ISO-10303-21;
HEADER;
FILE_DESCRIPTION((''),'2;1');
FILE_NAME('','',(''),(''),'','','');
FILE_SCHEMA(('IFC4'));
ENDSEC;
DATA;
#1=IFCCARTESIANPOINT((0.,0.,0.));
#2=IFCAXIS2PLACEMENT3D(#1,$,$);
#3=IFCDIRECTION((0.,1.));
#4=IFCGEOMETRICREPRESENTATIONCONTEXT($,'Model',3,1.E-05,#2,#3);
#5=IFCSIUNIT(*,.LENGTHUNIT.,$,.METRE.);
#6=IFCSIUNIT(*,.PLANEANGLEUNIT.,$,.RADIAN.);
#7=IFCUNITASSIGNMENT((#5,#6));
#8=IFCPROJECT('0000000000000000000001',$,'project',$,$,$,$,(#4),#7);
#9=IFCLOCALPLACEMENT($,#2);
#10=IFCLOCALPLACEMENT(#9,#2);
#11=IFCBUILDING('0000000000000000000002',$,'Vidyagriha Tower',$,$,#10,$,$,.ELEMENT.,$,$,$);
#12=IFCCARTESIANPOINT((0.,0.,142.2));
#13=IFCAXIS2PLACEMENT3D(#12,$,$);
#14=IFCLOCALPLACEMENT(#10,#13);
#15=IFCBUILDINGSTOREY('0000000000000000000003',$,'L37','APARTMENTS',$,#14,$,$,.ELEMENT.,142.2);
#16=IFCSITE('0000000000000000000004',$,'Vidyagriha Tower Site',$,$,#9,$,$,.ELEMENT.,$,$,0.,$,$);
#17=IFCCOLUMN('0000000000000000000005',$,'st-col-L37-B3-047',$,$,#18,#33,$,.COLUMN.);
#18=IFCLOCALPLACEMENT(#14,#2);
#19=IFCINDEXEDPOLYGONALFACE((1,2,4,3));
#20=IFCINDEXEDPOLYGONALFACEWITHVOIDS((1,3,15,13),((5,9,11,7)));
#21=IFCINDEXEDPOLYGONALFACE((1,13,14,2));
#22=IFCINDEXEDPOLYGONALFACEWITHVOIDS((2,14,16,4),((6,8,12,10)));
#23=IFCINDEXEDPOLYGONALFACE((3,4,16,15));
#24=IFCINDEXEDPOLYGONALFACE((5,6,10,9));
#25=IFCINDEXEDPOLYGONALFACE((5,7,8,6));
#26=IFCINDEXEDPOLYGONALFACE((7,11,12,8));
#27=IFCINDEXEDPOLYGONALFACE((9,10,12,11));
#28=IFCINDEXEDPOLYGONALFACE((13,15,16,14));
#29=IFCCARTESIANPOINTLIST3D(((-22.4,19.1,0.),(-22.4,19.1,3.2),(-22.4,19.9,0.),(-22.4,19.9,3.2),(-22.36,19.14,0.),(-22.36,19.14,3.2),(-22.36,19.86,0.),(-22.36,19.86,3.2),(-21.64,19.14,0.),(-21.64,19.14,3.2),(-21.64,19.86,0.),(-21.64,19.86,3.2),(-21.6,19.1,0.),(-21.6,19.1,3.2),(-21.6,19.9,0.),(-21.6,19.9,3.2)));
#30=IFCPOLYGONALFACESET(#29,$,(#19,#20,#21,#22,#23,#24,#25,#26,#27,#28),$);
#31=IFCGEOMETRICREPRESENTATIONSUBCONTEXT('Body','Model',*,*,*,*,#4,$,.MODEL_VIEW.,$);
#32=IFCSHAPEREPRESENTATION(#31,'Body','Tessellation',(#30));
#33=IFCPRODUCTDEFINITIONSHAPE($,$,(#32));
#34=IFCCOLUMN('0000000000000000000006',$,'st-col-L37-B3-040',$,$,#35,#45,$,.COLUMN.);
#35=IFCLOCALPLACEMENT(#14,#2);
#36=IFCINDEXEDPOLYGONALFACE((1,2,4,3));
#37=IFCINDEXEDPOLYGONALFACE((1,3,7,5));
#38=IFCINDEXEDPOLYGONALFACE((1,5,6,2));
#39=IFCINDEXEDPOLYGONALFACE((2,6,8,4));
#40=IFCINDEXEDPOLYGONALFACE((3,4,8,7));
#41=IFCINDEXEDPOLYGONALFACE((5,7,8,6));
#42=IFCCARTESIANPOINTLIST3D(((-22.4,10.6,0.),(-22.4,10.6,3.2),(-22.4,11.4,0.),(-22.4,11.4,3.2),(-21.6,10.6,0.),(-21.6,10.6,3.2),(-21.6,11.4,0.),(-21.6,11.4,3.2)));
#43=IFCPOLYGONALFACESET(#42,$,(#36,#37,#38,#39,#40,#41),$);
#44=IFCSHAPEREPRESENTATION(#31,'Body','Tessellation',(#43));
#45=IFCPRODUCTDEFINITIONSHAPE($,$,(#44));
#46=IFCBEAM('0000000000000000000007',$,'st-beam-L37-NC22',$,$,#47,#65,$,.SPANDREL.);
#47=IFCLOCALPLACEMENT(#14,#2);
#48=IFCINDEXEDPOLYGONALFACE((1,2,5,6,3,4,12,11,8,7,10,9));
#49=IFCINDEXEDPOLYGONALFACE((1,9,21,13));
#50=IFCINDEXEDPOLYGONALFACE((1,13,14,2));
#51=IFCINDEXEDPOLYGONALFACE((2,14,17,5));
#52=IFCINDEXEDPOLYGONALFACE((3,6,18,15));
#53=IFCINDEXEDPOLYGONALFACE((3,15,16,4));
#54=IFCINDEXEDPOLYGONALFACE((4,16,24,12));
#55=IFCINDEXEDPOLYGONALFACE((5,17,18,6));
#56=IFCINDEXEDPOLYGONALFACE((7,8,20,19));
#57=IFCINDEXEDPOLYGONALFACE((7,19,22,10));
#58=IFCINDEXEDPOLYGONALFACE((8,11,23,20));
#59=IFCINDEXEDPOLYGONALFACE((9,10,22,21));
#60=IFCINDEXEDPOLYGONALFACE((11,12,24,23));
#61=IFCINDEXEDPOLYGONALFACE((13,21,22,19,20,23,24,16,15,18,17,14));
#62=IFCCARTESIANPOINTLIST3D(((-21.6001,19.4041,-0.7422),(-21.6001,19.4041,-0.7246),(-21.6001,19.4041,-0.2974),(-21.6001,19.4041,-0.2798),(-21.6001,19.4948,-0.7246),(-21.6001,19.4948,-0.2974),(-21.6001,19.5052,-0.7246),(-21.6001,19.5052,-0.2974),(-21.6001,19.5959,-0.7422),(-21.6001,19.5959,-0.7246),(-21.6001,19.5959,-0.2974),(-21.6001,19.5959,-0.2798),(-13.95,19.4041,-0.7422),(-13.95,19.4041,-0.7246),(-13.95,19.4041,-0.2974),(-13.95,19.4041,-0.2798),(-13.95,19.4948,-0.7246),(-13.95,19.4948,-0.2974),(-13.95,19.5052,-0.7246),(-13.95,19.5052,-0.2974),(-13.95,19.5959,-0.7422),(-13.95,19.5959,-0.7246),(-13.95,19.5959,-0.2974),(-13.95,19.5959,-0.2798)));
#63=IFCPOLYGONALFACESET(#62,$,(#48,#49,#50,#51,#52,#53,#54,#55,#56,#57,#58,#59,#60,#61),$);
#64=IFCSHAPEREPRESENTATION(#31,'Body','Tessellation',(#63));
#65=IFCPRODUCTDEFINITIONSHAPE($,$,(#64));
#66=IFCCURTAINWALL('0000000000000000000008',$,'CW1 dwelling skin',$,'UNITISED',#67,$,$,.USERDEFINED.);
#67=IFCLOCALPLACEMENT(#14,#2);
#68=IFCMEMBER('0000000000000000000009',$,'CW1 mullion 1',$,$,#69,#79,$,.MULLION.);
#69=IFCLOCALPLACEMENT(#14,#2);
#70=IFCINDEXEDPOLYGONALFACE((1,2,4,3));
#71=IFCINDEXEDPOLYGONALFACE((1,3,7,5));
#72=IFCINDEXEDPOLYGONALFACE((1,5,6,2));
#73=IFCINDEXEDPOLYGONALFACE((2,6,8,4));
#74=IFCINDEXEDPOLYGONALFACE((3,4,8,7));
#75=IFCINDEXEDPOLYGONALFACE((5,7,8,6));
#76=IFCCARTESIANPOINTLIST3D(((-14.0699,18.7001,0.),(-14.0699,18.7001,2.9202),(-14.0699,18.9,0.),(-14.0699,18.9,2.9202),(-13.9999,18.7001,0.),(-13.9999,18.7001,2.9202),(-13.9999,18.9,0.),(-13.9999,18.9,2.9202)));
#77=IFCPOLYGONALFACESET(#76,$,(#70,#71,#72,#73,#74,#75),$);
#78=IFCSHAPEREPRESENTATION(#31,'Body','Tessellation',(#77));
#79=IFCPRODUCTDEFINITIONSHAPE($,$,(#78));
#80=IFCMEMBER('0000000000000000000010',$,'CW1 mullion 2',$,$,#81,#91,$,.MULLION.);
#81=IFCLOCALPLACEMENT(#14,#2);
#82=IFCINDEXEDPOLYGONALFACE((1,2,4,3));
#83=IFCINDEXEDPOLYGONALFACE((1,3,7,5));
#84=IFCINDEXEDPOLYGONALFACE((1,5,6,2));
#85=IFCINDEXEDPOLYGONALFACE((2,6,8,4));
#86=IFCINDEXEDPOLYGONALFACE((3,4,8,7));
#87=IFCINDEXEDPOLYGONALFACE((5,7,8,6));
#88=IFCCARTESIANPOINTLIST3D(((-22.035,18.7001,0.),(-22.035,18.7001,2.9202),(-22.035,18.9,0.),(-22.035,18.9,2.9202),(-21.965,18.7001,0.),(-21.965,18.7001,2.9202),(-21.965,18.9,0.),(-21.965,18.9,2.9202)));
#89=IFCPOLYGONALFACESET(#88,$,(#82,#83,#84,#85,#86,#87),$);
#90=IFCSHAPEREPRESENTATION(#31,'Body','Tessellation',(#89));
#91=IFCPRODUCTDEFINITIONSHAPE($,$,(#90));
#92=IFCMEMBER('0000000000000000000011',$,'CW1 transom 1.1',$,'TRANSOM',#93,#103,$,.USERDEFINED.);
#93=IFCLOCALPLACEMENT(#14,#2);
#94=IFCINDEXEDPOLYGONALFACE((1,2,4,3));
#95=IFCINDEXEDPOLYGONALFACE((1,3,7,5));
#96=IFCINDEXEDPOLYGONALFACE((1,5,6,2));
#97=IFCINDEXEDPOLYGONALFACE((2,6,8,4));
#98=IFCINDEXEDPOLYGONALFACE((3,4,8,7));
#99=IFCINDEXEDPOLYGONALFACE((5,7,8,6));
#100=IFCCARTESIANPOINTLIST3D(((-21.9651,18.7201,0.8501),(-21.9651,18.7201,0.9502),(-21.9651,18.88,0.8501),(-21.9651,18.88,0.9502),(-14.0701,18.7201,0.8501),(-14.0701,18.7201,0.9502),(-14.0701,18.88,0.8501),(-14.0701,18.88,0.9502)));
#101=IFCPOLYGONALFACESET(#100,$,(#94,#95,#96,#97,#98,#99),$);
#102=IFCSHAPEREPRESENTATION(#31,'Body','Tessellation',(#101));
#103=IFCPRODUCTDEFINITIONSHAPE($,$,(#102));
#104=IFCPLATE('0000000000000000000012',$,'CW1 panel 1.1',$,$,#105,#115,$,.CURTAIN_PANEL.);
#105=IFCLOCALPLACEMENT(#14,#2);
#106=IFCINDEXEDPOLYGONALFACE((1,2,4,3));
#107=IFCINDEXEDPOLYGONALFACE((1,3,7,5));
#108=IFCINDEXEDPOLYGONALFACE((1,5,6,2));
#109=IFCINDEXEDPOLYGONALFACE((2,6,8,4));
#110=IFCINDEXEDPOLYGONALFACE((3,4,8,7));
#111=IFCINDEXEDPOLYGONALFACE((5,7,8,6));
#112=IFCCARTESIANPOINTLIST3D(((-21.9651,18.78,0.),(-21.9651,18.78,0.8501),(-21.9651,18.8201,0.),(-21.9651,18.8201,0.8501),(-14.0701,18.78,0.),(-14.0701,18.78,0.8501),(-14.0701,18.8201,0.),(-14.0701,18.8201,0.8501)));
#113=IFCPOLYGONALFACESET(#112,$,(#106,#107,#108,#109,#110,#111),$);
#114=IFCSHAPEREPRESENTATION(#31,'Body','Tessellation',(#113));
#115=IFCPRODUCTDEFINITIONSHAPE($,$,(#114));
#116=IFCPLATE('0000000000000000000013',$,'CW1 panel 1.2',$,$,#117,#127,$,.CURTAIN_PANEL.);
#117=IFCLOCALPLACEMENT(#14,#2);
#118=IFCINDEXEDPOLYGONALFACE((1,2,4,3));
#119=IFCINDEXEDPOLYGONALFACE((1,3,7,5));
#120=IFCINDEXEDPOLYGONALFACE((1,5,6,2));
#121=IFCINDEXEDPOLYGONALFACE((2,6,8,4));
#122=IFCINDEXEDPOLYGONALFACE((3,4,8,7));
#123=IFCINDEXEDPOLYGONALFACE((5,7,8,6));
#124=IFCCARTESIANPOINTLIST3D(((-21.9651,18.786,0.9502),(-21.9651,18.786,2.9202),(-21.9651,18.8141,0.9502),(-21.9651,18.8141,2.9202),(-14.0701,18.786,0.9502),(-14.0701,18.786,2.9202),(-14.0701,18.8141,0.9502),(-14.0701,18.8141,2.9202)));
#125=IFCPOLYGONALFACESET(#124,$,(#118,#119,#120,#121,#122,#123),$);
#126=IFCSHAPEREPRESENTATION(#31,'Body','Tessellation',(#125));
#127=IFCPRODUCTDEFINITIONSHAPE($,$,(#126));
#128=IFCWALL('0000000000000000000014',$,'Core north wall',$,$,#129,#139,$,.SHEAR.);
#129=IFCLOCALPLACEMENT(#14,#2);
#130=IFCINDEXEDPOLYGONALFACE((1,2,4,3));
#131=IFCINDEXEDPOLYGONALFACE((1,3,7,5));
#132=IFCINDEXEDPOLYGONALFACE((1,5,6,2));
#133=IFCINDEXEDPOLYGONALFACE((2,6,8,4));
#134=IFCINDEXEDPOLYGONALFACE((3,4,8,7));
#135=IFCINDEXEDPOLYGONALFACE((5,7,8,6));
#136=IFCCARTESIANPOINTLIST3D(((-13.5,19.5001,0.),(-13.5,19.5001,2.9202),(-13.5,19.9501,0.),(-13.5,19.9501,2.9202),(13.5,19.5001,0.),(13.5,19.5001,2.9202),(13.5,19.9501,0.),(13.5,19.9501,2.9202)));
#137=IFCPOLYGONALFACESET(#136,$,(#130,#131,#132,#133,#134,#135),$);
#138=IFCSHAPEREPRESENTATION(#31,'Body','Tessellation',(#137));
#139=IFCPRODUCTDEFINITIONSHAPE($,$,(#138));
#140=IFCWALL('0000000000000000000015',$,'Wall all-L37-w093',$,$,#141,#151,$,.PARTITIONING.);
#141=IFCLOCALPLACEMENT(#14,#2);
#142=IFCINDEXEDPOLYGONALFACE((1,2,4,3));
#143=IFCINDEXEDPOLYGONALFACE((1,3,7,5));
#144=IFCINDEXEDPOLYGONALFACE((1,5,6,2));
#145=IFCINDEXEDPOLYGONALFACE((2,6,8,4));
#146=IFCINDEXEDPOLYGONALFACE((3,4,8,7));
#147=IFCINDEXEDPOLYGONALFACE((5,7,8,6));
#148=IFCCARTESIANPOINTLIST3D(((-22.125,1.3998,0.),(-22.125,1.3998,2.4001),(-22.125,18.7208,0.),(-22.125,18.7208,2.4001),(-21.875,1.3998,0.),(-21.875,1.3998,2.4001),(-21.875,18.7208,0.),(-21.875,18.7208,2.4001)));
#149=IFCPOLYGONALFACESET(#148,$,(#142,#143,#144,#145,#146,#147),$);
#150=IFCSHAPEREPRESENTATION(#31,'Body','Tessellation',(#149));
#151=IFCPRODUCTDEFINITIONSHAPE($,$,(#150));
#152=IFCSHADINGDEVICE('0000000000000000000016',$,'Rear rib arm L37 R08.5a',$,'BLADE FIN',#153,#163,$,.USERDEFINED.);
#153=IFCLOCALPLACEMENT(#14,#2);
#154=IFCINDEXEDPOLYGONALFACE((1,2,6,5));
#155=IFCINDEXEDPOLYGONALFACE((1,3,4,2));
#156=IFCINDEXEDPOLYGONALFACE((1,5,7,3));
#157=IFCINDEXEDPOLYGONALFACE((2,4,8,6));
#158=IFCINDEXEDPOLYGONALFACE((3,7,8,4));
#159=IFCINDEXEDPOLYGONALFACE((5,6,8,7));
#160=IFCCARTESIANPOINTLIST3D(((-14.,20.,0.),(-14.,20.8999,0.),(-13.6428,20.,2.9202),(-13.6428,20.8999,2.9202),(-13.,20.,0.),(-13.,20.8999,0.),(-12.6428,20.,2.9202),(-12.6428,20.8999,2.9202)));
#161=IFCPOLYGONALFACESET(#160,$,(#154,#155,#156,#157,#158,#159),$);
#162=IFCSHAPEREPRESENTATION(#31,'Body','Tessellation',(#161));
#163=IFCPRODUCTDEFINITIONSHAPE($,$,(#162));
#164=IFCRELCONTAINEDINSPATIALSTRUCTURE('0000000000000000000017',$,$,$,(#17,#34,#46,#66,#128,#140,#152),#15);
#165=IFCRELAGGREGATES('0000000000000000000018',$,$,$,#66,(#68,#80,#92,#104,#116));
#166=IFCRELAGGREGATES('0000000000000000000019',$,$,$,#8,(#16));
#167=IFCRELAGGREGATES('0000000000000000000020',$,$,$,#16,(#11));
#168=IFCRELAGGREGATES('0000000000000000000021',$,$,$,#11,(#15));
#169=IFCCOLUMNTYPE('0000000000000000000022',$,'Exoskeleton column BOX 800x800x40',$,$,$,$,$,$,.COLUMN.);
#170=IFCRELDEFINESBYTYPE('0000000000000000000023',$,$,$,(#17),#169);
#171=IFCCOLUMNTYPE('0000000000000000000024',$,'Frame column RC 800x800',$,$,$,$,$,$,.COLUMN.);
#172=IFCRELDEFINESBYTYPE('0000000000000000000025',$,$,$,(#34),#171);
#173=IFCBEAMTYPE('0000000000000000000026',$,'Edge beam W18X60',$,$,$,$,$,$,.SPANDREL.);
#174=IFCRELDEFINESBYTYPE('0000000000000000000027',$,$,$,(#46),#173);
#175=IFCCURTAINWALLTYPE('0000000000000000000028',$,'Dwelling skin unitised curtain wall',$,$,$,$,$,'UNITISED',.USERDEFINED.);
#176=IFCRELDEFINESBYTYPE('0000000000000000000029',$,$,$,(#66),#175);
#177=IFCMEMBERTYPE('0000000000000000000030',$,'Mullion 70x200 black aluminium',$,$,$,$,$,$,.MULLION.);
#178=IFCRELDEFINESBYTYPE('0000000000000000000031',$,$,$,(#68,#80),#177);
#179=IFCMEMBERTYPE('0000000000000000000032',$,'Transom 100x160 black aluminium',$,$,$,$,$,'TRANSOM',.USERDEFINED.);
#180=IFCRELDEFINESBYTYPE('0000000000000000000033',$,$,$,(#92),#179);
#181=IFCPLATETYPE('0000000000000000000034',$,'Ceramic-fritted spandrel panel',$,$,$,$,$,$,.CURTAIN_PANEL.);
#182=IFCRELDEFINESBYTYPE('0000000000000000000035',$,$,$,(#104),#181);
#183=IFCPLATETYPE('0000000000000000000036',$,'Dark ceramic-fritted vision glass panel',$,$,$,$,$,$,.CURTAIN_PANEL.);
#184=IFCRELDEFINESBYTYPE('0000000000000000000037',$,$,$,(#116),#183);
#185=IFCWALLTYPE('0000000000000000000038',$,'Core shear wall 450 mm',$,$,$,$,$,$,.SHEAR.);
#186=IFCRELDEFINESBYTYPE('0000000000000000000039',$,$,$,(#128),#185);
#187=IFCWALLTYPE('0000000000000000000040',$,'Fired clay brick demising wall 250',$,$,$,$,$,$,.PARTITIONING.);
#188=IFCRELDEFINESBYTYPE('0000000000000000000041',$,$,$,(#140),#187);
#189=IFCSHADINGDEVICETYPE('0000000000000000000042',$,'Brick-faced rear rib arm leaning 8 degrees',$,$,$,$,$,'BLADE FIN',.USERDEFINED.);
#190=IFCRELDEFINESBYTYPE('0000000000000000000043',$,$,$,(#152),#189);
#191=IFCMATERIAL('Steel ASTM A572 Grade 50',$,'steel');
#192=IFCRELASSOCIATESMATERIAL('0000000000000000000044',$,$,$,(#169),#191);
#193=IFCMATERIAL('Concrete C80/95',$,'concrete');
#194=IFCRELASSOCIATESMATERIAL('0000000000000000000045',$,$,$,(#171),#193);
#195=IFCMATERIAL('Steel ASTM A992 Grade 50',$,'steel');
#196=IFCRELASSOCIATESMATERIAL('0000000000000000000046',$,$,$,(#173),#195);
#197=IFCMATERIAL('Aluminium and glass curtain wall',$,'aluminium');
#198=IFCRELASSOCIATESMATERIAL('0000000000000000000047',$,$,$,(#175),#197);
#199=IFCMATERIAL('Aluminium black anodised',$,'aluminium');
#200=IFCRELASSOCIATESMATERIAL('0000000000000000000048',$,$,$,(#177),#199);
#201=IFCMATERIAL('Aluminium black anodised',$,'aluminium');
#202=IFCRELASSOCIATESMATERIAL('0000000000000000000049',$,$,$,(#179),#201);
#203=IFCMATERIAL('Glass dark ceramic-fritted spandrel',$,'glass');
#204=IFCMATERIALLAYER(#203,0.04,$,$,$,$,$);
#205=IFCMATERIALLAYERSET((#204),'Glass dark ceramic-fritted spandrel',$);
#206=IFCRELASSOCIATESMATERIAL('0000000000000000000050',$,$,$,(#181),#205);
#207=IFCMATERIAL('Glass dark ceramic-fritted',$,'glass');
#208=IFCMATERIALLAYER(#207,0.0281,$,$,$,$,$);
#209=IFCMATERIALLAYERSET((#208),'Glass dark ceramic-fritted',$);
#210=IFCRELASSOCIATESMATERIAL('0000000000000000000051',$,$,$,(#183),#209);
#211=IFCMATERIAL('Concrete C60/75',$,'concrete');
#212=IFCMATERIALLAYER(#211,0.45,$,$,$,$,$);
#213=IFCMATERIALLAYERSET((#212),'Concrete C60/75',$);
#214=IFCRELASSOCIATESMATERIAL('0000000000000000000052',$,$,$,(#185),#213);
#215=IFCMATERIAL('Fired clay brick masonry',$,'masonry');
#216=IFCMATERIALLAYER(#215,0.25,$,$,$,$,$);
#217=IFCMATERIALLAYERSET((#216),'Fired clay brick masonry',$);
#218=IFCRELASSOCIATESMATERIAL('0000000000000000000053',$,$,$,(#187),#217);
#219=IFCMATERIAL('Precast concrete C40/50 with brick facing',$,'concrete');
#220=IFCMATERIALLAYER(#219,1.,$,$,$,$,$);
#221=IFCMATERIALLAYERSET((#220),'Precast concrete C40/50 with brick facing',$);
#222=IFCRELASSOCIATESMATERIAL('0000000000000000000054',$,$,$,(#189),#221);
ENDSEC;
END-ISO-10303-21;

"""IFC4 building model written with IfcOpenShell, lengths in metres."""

from ifc_helpers import new_model, si_unit, direction, frame, frame_2d, origin, origin_2d, place, context, subcontext, project, spatial, polyline, rectangle, hollow_rectangle, i_section, outline, extrude, material, layer, layer_set, material_profile, profile_set, type_object, element, aggregate, save


model = new_model("IFC4")

# Units and contexts
model_context = context("Model", 3, precision=1e-05, world=origin(), true_north=direction((0.0, 1.0)))
body_context = subcontext(model_context, "Body", "Model", "MODEL_VIEW")
ifc_project = project(units=[si_unit("LENGTHUNIT", "METRE"), si_unit("PLANEANGLEUNIT", "RADIAN")], contexts=[model_context])

# Site, building, storey
site_placement = place(None, origin())
site = spatial("IfcSite", under=ifc_project, at=site_placement, Name="Vidyagriha Tower Site", CompositionType="ELEMENT", RefElevation=0.0)
building_placement = place(site_placement, origin())
building = spatial("IfcBuilding", under=site, at=building_placement, Name="Vidyagriha Tower", CompositionType="ELEMENT")
storey_placement = place(building_placement, frame((0.0, 0.0, 142.2)))
storey = spatial("IfcBuildingStorey", under=building, at=storey_placement, Name="L37", Description="APARTMENTS", CompositionType="ELEMENT", Elevation=142.2)

# Columns
ifc_material_1 = material(Name="Steel ASTM A572 Grade 50", Category="steel")
ifc_material_profile_1 = material_profile(ifc_material_1, hollow_rectangle(XDim=0.8, YDim=0.8, WallThickness=0.04, at=origin_2d()), Name="BOX 800x800x40")
ifc_profile_set_1 = profile_set([ifc_material_profile_1], Name="Steel ASTM A572 Grade 50")
column_type_1 = type_object("IfcColumnType", Name="Exoskeleton column BOX 800x800x40", PredefinedType="COLUMN", material=ifc_profile_set_1)
column_1_placement = place(storey_placement, frame((-22.0, 19.5, 0.0)))
element("IfcColumn", 1, at=column_1_placement, inside=storey, type_object=column_type_1, Name="st-col-L37-B3-047", PredefinedType="COLUMN", context=body_context, shape_type="SweptSolid", body=[
    extrude(hollow_rectangle(XDim=0.8, YDim=0.8, WallThickness=0.04, at=origin_2d()), origin(), (0.0, 0.0, 1.0), 3.2),
])
ifc_material_2 = material(Name="Concrete C80/95", Category="concrete")
ifc_material_profile_2 = material_profile(ifc_material_2, rectangle(XDim=0.8, YDim=0.8, at=origin_2d()), Name="RC 800x800")
ifc_profile_set_2 = profile_set([ifc_material_profile_2], Name="Concrete C80/95")
column_type_2 = type_object("IfcColumnType", Name="Frame column RC 800x800", PredefinedType="COLUMN", material=ifc_profile_set_2)
column_2_placement = place(storey_placement, frame((-22.0, 11.0, 0.0)))
element("IfcColumn", 2, at=column_2_placement, inside=storey, type_object=column_type_2, Name="st-col-L37-B3-040", PredefinedType="COLUMN", context=body_context, shape_type="SweptSolid", body=[
    extrude(rectangle(XDim=0.8, YDim=0.8, at=origin_2d()), origin(), (0.0, 0.0, 1.0), 3.2),
])

# Beam
ifc_material_3 = material(Name="Steel ASTM A992 Grade 50", Category="steel")
ifc_material_profile_3 = material_profile(ifc_material_3, i_section(OverallWidth=0.1919, OverallDepth=0.4624, WebThickness=0.0105, FlangeThickness=0.0176, at=origin_2d()), Name="W18X60")
ifc_profile_set_3 = profile_set([ifc_material_profile_3], Name="Steel ASTM A992 Grade 50")
beam_type = type_object("IfcBeamType", Name="Edge beam W18X60", PredefinedType="SPANDREL", material=ifc_profile_set_3)
beam_placement = place(storey_placement, frame((-21.6001, 19.5, -0.511), z_axis=(1.0, 0.0, 0.0), x_axis=(0.0, 1.0, 0.0)))
element("IfcBeam", 3, at=beam_placement, inside=storey, type_object=beam_type, Name="st-beam-L37-NC22", PredefinedType="SPANDREL", context=body_context, shape_type="SweptSolid", body=[
    extrude(i_section(OverallWidth=0.1919, OverallDepth=0.4624, WebThickness=0.0105, FlangeThickness=0.0176, at=origin_2d()), origin(), (0.0, 0.0, 1.0), 7.6501),
])

# Curtain wall, members, plates
ifc_material_4 = material(Name="Aluminium and glass curtain wall", Category="aluminium")
curtain_wall_type = type_object("IfcCurtainWallType", Name="Dwelling skin unitised curtain wall", ElementType="UNITISED", PredefinedType="USERDEFINED", material=ifc_material_4)
curtain_wall_placement = place(storey_placement, origin())
curtain_wall = element("IfcCurtainWall", 4, at=curtain_wall_placement, inside=storey, type_object=curtain_wall_type, Name="CW1 dwelling skin", ObjectType="UNITISED", PredefinedType="USERDEFINED")
ifc_material_5 = material(Name="Aluminium black anodised", Category="aluminium")
ifc_material_profile_4 = material_profile(ifc_material_5, rectangle(XDim=0.2, YDim=0.0701, at=origin_2d()), Name="Mullion 70x200 black aluminium")
ifc_profile_set_4 = profile_set([ifc_material_profile_4], Name="Aluminium black anodised")
member_type_1 = type_object("IfcMemberType", Name="Mullion 70x200 black aluminium", PredefinedType="MULLION", material=ifc_profile_set_4)
member_1_placement = place(storey_placement, frame((-14.0349, 18.8, 0.0), z_axis=(0.0, 0.0, 1.0), x_axis=(0.0, -1.0, 0.0)))
member_1 = element("IfcMember", 5, at=member_1_placement, type_object=member_type_1, Name="CW1 mullion 1", PredefinedType="MULLION", context=body_context, shape_type="SweptSolid", body=[
    extrude(rectangle(XDim=0.2, YDim=0.0701, at=origin_2d()), origin(), (0.0, 0.0, 1.0), 2.9202),
])
member_2_placement = place(storey_placement, frame((-22.0, 18.8, 0.0), z_axis=(0.0, 0.0, 1.0), x_axis=(0.0, -1.0, 0.0)))
member_2 = element("IfcMember", 6, at=member_2_placement, type_object=member_type_1, Name="CW1 mullion 2", PredefinedType="MULLION", context=body_context, shape_type="SweptSolid", body=[
    extrude(rectangle(XDim=0.2, YDim=0.0701, at=origin_2d()), origin(), (0.0, 0.0, 1.0), 2.9202),
])
ifc_material_6 = material(Name="Aluminium black anodised", Category="aluminium")
ifc_material_profile_5 = material_profile(ifc_material_6, rectangle(XDim=0.1599, YDim=0.1001, at=origin_2d()), Name="Transom 100x160 black aluminium")
ifc_profile_set_5 = profile_set([ifc_material_profile_5], Name="Aluminium black anodised")
member_type_2 = type_object("IfcMemberType", Name="Transom 100x160 black aluminium", ElementType="TRANSOM", PredefinedType="USERDEFINED", material=ifc_profile_set_5)
member_3_placement = place(storey_placement, frame((-14.0701, 18.8, 0.9001), z_axis=(-1.0, 0.0, 0.0), x_axis=(0.0, -1.0, 0.0)))
member_3 = element("IfcMember", 7, at=member_3_placement, type_object=member_type_2, Name="CW1 transom 1.1", ObjectType="TRANSOM", PredefinedType="USERDEFINED", context=body_context, shape_type="SweptSolid", body=[
    extrude(rectangle(XDim=0.1599, YDim=0.1001, at=origin_2d()), origin(), (0.0, 0.0, 1.0), 7.895),
])
ifc_material_7 = material(Name="Glass dark ceramic-fritted spandrel", Category="glass")
ifc_layer_1 = layer(ifc_material_7, 0.04)
ifc_layer_set_1 = layer_set([ifc_layer_1], Name="Glass dark ceramic-fritted spandrel")
plate_type_1 = type_object("IfcPlateType", Name="Ceramic-fritted spandrel panel", PredefinedType="CURTAIN_PANEL", material=ifc_layer_set_1)
plate_1_placement = place(storey_placement, frame((-18.0176, 18.8, 0.0), z_axis=(0.0, 0.0, 1.0), x_axis=(-1.0, 0.0, 0.0)))
plate_1 = element("IfcPlate", 8, at=plate_1_placement, type_object=plate_type_1, Name="CW1 panel 1.1", PredefinedType="CURTAIN_PANEL", context=body_context, shape_type="SweptSolid", body=[
    extrude(rectangle(XDim=7.895, YDim=0.04, at=origin_2d()), origin(), (0.0, 0.0, 1.0), 0.8501),
])
ifc_material_8 = material(Name="Glass dark ceramic-fritted", Category="glass")
ifc_layer_2 = layer(ifc_material_8, 0.0281)
ifc_layer_set_2 = layer_set([ifc_layer_2], Name="Glass dark ceramic-fritted")
plate_type_2 = type_object("IfcPlateType", Name="Dark ceramic-fritted vision glass panel", PredefinedType="CURTAIN_PANEL", material=ifc_layer_set_2)
plate_2_placement = place(storey_placement, frame((-18.0176, 18.8, 0.9502), z_axis=(0.0, 0.0, 1.0), x_axis=(-1.0, 0.0, 0.0)))
plate_2 = element("IfcPlate", 9, at=plate_2_placement, type_object=plate_type_2, Name="CW1 panel 1.2", PredefinedType="CURTAIN_PANEL", context=body_context, shape_type="SweptSolid", body=[
    extrude(rectangle(XDim=7.895, YDim=0.0281, at=origin_2d()), origin(), (0.0, 0.0, 1.0), 1.97),
])
aggregate(curtain_wall, [member_1, member_2, member_3, plate_1, plate_2])

# Walls
ifc_material_9 = material(Name="Concrete C60/75", Category="concrete")
ifc_layer_3 = layer(ifc_material_9, 0.45)
ifc_layer_set_3 = layer_set([ifc_layer_3], Name="Concrete C60/75")
wall_type_1 = type_object("IfcWallType", Name="Core shear wall 450 mm", PredefinedType="SHEAR", material=ifc_layer_set_3)
wall_1_placement = place(storey_placement, frame((-13.5, 19.7251, 0.0)))
element("IfcWall", 10, at=wall_1_placement, inside=storey, type_object=wall_type_1, Name="Core north wall", PredefinedType="SHEAR", context=body_context, shape_type="SweptSolid", body=[
    extrude(rectangle(XDim=27.0, YDim=0.45, at=frame_2d((13.5, 0.0))), origin(), (0.0, 0.0, 1.0), 2.9202),
])
ifc_material_10 = material(Name="Fired clay brick masonry", Category="masonry")
ifc_layer_4 = layer(ifc_material_10, 0.25)
ifc_layer_set_4 = layer_set([ifc_layer_4], Name="Fired clay brick masonry")
wall_type_2 = type_object("IfcWallType", Name="Fired clay brick demising wall 250", PredefinedType="PARTITIONING", material=ifc_layer_set_4)
wall_2_placement = place(storey_placement, frame((-22.0, 18.7209, 0.0), z_axis=(0.0, 0.0, 1.0), x_axis=(0.0, -1.0, 0.0)))
element("IfcWall", 11, at=wall_2_placement, inside=storey, type_object=wall_type_2, Name="Wall all-L37-w093", PredefinedType="PARTITIONING", context=body_context, shape_type="SweptSolid", body=[
    extrude(rectangle(XDim=17.321, YDim=0.25, at=frame_2d((8.6606, 0.0))), origin(), (0.0, 0.0, 1.0), 2.4001),
])

# Shading device
ifc_material_11 = material(Name="Precast concrete C40/50 with brick facing", Category="concrete")
ifc_layer_5 = layer(ifc_material_11, 1.0)
ifc_layer_set_5 = layer_set([ifc_layer_5], Name="Precast concrete C40/50 with brick facing")
shading_device_type = type_object("IfcShadingDeviceType", Name="Brick-faced rear rib arm leaning 8 degrees", ElementType="BLADE FIN", PredefinedType="USERDEFINED", material=ifc_layer_set_5)
shading_device_1_placement = place(storey_placement, frame((-12.6428, 20.45, 0.0), z_axis=(0.0, 0.0, 1.0), x_axis=(-1.0, 0.0, 0.0)))
element("IfcShadingDevice", 12, at=shading_device_1_placement, inside=storey, type_object=shading_device_type, Name="Rear rib arm L37 R08.5a", ObjectType="BLADE FIN", PredefinedType="USERDEFINED", context=body_context, shape_type="SweptSolid", body=[
    extrude(outline(polyline([(0.3572, 0.0), (1.3572, 0.0), (1.0, 2.9202), (0.0, 2.9202), (0.3572, 0.0)])), frame((0.0, 0.45, 0.0), z_axis=(0.0, -1.0, 0.0), x_axis=(1.0, 0.0, 0.0)), (0.0, 0.0, 1.0), 0.8999),
])

save(model, "model.ifc")
